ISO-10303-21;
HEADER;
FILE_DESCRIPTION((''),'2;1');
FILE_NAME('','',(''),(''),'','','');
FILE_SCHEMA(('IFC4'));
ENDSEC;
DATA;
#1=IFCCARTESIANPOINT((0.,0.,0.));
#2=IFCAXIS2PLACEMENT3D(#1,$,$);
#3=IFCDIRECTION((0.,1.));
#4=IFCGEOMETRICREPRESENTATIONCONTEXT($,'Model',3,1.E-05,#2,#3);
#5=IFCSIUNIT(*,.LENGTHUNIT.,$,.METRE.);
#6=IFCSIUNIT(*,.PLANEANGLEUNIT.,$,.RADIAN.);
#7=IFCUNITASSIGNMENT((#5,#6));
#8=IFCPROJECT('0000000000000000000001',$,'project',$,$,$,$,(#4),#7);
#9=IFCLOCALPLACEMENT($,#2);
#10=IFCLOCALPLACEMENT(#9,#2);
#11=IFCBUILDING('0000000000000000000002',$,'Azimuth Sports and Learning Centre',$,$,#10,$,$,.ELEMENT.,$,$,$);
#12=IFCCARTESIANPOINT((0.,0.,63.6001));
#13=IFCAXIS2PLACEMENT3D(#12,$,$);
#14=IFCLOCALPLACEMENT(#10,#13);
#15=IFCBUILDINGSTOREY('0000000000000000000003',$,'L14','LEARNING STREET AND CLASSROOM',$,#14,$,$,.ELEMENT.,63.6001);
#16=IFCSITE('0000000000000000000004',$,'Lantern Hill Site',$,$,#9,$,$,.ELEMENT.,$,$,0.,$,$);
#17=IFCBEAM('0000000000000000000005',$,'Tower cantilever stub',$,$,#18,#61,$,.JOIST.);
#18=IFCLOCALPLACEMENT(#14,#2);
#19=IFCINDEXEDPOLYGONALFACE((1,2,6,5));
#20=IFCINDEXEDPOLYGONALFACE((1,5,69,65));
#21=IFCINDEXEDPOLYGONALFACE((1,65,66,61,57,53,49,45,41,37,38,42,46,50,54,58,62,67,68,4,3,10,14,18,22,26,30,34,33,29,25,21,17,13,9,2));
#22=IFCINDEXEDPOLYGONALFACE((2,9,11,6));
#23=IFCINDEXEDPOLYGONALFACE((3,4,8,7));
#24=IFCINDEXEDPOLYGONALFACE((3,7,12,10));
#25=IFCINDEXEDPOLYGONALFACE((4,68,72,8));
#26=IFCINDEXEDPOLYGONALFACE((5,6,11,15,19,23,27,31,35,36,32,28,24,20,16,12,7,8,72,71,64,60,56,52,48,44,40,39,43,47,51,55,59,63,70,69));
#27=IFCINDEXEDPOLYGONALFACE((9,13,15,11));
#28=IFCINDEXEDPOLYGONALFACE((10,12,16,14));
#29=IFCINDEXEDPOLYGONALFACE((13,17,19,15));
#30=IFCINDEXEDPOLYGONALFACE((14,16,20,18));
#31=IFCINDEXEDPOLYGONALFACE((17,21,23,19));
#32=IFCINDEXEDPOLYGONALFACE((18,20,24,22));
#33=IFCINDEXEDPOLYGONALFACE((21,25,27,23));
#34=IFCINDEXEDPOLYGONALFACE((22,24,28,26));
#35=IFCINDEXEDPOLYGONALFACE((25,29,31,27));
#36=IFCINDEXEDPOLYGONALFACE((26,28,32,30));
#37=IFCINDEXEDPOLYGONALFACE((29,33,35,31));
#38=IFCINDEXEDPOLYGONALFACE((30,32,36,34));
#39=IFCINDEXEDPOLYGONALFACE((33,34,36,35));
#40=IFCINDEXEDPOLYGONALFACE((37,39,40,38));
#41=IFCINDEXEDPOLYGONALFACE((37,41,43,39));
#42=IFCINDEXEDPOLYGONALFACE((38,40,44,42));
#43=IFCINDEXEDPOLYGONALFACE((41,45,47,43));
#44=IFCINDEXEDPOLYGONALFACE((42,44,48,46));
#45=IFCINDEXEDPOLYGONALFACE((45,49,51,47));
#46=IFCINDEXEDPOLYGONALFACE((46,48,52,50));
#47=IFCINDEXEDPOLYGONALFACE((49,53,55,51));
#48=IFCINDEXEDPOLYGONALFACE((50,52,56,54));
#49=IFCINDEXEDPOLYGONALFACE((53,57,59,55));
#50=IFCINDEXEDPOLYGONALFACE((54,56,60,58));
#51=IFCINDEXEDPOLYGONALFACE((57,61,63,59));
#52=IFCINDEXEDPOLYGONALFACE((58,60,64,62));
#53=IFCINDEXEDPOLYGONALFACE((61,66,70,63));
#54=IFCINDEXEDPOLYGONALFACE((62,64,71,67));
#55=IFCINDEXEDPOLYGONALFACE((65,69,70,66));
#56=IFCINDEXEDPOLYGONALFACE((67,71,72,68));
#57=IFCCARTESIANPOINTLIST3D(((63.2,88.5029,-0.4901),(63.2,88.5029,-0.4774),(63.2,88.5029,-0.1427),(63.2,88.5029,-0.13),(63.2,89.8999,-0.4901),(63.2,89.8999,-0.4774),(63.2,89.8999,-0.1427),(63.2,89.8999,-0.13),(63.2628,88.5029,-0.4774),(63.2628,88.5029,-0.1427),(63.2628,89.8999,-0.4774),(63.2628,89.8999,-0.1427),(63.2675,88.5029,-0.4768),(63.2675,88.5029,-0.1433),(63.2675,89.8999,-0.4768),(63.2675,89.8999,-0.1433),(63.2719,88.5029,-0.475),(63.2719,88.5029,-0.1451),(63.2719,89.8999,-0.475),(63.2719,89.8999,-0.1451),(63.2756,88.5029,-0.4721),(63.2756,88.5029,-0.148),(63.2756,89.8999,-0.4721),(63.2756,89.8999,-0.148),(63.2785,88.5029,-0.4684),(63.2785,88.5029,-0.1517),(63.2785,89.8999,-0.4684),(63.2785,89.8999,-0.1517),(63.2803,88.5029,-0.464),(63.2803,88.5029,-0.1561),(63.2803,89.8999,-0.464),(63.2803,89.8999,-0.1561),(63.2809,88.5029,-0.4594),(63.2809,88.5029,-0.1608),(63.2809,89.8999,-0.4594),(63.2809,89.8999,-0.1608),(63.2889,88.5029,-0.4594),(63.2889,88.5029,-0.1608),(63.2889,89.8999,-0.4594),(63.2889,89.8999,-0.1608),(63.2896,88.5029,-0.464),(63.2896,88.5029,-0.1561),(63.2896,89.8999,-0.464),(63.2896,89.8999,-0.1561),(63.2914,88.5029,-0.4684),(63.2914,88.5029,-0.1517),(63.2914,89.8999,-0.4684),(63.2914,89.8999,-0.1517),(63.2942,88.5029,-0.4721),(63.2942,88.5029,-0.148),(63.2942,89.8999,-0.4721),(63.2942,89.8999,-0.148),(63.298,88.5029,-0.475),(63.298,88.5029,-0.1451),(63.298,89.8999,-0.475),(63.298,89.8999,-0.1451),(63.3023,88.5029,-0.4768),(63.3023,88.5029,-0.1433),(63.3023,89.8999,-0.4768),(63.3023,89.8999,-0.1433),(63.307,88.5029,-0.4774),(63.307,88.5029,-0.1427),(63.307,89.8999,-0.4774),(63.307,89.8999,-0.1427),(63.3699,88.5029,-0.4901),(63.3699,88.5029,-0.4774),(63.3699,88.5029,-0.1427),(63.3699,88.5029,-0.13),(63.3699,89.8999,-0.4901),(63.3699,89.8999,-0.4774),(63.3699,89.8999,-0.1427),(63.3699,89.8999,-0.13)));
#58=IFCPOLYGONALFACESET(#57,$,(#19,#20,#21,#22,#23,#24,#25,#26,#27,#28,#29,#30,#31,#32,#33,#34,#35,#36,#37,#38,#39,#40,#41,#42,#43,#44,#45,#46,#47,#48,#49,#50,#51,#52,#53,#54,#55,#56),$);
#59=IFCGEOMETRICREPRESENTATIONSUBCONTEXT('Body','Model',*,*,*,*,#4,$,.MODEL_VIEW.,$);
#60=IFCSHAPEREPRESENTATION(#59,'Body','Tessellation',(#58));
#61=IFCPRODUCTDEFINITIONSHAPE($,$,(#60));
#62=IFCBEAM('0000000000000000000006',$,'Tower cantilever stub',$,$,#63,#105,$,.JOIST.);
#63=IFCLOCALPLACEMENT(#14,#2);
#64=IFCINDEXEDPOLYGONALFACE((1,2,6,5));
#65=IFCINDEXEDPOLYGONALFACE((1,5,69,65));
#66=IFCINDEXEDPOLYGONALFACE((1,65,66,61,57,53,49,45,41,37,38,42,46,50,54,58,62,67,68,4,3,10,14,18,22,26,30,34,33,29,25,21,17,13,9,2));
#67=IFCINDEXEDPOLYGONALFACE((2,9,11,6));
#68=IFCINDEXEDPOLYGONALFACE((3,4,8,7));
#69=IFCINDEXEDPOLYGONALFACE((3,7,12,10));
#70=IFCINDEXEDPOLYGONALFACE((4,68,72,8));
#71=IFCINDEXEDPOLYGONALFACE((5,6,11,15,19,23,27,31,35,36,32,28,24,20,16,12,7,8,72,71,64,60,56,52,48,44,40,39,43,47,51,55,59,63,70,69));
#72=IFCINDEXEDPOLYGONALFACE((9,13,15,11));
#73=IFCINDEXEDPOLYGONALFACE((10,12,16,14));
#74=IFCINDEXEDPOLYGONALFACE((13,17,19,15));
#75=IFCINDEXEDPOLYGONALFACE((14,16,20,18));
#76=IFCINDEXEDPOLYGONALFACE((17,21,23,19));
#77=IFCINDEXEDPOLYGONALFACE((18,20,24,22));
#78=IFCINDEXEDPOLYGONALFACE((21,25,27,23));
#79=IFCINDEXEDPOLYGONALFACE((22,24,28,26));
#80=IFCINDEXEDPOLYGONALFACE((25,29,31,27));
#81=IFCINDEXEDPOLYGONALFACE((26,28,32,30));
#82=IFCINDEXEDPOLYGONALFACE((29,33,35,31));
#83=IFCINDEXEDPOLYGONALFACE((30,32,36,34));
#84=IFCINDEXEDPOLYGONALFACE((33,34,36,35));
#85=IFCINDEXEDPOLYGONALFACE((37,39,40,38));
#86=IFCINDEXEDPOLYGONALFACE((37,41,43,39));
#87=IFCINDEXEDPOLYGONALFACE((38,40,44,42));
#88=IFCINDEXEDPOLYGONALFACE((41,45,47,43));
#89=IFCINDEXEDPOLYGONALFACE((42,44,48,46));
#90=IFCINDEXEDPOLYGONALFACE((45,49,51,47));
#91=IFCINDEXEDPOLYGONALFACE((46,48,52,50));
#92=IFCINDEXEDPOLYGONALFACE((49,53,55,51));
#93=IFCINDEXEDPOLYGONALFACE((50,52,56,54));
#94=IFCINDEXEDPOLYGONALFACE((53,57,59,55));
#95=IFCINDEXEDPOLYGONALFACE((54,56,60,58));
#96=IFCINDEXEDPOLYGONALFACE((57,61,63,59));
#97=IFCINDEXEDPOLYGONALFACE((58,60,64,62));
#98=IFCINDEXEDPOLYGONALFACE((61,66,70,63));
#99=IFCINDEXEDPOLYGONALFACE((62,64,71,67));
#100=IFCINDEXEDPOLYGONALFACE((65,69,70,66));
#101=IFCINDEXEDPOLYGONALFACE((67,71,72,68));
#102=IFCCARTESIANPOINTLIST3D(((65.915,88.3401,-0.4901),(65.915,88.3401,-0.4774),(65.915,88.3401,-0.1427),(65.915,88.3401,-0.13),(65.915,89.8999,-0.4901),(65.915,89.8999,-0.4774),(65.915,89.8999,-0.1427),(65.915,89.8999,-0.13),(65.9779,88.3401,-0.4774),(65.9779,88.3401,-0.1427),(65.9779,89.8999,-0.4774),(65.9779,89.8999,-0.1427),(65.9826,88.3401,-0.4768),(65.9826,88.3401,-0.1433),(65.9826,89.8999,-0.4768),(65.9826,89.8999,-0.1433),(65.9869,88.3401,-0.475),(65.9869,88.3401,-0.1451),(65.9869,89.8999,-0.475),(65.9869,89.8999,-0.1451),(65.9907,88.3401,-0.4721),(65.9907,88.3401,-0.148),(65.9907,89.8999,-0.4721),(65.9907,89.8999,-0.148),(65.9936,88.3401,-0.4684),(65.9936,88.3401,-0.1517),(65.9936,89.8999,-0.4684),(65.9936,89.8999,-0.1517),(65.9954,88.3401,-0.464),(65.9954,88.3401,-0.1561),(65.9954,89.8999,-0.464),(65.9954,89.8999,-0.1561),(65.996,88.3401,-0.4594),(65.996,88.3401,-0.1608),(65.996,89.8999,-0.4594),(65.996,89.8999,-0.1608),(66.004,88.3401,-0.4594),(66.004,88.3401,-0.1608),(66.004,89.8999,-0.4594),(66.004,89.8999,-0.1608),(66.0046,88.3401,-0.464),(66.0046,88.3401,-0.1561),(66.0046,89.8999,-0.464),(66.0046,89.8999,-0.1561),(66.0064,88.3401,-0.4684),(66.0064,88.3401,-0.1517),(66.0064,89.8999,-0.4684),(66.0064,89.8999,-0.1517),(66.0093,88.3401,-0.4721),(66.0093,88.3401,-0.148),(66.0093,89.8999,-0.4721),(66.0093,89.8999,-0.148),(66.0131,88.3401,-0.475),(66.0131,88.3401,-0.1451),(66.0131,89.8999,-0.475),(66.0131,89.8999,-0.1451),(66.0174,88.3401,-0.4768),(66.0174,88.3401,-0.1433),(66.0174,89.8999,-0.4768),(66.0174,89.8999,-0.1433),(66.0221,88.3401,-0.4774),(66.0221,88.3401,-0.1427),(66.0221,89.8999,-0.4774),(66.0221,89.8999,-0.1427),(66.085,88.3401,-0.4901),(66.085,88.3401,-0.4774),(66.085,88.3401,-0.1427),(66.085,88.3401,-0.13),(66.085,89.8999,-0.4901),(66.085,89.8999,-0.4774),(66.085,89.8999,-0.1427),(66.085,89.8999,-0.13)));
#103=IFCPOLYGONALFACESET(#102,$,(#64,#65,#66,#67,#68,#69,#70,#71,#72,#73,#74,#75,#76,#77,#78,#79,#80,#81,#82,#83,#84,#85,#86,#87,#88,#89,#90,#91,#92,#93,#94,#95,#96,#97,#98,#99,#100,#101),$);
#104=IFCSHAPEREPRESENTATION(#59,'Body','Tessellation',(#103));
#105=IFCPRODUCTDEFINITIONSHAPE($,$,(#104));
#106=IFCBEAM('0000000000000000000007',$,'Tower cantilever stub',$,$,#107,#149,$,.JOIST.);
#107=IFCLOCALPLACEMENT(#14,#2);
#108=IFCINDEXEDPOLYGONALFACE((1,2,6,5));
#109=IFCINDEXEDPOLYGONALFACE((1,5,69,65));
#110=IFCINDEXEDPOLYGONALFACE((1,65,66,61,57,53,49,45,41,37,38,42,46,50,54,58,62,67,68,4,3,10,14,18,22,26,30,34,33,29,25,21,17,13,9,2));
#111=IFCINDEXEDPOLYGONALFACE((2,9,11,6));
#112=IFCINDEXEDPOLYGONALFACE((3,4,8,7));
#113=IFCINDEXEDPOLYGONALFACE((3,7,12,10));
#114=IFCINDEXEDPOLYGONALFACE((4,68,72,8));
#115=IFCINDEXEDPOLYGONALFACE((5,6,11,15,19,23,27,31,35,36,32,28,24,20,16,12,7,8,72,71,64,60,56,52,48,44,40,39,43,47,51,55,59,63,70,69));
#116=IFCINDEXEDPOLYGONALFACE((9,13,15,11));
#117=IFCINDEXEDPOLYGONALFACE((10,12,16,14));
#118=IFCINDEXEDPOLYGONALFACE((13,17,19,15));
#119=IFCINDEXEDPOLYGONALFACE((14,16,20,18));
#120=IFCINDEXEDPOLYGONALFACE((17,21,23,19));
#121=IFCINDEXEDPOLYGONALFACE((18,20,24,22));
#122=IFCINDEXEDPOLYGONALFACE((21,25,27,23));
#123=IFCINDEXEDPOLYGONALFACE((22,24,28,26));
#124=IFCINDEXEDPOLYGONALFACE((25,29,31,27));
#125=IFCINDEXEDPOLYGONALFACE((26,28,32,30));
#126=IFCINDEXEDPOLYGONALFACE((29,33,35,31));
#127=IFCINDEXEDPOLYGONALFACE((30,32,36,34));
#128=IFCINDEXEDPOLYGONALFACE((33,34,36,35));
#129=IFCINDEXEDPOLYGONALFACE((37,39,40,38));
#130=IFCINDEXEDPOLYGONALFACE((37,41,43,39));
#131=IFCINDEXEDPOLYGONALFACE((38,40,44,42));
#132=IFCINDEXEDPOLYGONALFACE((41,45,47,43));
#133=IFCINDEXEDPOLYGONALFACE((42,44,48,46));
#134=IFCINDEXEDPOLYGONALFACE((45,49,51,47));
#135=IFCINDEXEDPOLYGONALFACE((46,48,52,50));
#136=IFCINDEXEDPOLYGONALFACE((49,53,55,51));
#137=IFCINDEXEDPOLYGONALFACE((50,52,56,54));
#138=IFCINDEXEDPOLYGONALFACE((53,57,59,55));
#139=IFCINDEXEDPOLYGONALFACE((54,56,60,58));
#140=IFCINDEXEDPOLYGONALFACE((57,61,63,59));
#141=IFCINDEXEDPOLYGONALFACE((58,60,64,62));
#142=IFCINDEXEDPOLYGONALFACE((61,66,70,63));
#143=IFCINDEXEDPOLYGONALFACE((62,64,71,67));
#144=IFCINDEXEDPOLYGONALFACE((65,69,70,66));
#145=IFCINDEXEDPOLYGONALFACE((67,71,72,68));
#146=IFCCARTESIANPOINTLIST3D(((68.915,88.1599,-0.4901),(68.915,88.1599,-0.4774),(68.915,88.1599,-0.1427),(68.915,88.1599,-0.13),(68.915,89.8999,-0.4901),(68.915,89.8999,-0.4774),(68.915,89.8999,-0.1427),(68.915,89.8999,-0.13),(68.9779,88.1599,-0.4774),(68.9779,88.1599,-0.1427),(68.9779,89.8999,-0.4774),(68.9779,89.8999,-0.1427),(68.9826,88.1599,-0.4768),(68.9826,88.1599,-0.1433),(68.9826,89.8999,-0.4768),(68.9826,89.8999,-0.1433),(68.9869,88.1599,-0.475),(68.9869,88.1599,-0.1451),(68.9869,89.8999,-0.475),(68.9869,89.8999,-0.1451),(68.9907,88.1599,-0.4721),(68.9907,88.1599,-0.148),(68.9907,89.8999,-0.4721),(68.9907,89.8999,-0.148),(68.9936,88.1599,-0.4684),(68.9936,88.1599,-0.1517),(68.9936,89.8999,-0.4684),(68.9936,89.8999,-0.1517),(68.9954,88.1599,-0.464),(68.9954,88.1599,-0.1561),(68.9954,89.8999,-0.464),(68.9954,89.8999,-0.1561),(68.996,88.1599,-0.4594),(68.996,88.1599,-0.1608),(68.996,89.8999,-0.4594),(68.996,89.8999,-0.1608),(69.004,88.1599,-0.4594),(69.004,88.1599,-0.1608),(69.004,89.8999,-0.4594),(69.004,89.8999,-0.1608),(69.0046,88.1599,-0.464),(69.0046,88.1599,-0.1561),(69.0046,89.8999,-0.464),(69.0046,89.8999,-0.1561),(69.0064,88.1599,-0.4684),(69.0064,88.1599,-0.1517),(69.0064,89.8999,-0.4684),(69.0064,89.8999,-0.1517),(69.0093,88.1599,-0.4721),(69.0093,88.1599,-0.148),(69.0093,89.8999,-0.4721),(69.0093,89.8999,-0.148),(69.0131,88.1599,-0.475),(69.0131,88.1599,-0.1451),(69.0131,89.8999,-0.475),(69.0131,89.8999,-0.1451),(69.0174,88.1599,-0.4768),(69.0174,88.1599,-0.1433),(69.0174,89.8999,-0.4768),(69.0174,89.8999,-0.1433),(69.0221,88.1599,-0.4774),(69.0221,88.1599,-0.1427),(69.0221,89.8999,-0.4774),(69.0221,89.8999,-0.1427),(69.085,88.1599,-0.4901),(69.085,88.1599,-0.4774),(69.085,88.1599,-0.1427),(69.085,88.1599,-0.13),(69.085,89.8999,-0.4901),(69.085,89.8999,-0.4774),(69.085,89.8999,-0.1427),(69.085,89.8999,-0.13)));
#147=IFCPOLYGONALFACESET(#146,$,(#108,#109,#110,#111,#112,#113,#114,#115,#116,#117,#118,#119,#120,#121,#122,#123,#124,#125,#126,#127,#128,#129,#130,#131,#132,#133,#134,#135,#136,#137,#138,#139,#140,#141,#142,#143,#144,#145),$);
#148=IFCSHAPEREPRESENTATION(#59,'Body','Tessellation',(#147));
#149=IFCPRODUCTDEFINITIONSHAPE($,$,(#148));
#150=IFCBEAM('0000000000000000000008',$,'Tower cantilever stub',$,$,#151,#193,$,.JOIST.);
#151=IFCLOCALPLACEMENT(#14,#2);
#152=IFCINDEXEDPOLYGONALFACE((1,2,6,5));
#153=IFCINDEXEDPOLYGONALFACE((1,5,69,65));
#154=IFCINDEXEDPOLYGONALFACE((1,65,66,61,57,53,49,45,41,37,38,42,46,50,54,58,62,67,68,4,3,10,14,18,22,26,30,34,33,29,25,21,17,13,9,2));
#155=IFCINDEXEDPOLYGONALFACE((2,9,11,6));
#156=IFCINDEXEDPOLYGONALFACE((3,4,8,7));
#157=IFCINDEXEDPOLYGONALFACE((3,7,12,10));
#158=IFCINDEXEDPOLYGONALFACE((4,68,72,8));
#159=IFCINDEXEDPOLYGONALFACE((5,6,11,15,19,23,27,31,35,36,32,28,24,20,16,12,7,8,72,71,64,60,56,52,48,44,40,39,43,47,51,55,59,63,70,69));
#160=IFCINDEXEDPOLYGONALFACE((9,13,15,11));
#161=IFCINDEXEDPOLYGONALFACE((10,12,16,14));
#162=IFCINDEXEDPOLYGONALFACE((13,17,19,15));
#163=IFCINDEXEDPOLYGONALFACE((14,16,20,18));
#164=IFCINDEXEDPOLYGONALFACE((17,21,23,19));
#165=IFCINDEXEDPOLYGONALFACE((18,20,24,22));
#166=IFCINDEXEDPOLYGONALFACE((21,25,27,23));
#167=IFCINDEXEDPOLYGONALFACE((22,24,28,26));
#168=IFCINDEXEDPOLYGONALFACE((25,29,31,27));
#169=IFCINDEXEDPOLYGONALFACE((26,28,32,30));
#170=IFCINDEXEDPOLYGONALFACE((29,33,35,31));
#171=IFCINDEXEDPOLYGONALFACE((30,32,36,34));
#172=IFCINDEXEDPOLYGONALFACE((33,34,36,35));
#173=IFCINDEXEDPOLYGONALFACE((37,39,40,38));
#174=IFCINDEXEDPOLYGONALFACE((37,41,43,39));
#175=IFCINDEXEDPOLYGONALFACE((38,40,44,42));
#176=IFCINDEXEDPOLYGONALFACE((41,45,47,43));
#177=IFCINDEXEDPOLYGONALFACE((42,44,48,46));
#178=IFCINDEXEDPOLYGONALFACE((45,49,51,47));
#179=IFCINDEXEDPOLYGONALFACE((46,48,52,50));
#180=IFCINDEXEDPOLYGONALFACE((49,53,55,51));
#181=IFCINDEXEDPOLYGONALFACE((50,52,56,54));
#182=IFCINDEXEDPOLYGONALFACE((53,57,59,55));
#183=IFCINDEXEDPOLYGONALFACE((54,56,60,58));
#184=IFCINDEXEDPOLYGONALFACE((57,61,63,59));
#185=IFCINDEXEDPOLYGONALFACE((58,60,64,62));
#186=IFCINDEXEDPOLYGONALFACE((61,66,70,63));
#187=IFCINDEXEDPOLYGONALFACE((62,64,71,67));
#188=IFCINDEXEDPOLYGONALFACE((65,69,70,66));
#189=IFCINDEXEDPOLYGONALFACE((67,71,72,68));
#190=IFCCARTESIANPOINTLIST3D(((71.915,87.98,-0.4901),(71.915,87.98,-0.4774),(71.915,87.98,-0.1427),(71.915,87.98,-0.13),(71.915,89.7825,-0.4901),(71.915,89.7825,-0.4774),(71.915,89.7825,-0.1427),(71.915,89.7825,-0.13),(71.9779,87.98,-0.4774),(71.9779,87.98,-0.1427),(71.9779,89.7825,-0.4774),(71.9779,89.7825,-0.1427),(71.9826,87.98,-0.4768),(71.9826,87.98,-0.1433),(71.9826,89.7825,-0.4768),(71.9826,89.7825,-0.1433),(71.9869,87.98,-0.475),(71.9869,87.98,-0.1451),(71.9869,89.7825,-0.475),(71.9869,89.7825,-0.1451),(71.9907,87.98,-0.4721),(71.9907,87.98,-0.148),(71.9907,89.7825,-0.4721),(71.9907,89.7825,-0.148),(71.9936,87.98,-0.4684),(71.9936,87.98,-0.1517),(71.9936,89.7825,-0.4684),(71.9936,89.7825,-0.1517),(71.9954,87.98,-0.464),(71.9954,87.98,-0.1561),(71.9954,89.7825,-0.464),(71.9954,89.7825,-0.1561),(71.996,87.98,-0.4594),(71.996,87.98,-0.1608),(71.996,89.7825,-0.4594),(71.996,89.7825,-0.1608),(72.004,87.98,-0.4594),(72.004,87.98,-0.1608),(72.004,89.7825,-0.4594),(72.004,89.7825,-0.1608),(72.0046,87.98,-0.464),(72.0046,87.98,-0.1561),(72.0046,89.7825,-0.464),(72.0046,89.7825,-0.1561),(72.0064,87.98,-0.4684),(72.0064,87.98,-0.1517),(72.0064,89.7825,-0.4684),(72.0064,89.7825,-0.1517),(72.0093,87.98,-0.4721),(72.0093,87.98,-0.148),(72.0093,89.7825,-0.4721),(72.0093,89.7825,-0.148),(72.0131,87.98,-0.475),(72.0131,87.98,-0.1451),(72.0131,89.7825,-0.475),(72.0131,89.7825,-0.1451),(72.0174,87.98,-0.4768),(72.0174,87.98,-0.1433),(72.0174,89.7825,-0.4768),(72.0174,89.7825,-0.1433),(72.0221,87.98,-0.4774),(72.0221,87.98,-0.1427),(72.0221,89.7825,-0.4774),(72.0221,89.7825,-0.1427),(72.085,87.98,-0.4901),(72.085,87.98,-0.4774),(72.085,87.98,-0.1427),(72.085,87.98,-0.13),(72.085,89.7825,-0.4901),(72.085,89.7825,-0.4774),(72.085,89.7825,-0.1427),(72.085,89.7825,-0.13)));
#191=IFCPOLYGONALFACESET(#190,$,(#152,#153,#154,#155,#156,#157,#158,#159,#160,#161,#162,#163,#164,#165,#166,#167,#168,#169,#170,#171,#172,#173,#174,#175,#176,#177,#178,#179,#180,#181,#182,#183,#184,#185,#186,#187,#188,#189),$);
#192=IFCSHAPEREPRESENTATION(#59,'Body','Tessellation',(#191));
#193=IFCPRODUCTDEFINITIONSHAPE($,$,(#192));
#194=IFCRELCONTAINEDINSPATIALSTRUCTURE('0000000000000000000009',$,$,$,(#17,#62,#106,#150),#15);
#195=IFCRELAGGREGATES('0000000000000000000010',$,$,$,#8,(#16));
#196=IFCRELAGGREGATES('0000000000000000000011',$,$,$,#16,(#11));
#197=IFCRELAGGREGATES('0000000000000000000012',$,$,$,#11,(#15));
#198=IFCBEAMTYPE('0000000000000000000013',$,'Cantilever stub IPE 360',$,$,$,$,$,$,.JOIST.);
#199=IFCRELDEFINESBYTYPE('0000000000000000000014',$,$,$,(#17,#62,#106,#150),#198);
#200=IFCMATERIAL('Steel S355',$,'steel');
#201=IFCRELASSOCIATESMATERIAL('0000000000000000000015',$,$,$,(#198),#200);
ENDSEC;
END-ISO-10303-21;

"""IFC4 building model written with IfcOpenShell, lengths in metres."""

from ifc_helpers import new_model, si_unit, direction, frame, origin, origin_2d, place, context, subcontext, project, spatial, i_section, extrude, material, material_profile, profile_set, type_object, element, save


model = new_model("IFC4")

# Units and contexts
model_context = context("Model", 3, precision=1e-05, world=origin(), true_north=direction((0.0, 1.0)))
body_context = subcontext(model_context, "Body", "Model", "MODEL_VIEW")
ifc_project = project(units=[si_unit("LENGTHUNIT", "METRE"), si_unit("PLANEANGLEUNIT", "RADIAN")], contexts=[model_context])

# Site, building, storey
site_placement = place(None, origin())
site = spatial("IfcSite", under=ifc_project, at=site_placement, Name="Lantern Hill Site", CompositionType="ELEMENT", RefElevation=0.0)
building_placement = place(site_placement, origin())
building = spatial("IfcBuilding", under=site, at=building_placement, Name="Azimuth Sports and Learning Centre", CompositionType="ELEMENT")
storey_placement = place(building_placement, frame((0.0, 0.0, 63.6001)))
storey = spatial("IfcBuildingStorey", under=building, at=storey_placement, Name="L14", Description="LEARNING STREET AND CLASSROOM", CompositionType="ELEMENT", Elevation=63.6001)

# Beams
ifc_material_1 = material(Name="Steel S355", Category="steel")
ifc_material_profile_1 = material_profile(ifc_material_1, i_section(OverallWidth=0.1699, OverallDepth=0.3601, WebThickness=0.0081, FlangeThickness=0.0127, FilletRadius=0.0181, at=origin_2d()), Name="IPE 360")
ifc_profile_set_1 = profile_set([ifc_material_profile_1], Name="Steel S355")
beam_type_1 = type_object("IfcBeamType", Name="Cantilever stub IPE 360", PredefinedType="JOIST", material=ifc_profile_set_1)
beam_1_placement = place(storey_placement, frame((63.2849, 89.8999, -0.3101), z_axis=(0.0, -1.0, 0.0), x_axis=(1.0, 0.0, 0.0)))
element("IfcBeam", 1, at=beam_1_placement, inside=storey, type_object=beam_type_1, Name="Tower cantilever stub", PredefinedType="JOIST", context=body_context, shape_type="SweptSolid", body=[
    extrude(i_section(OverallWidth=0.1699, OverallDepth=0.3601, WebThickness=0.0081, FlangeThickness=0.0127, FilletRadius=0.0181, at=origin_2d()), origin(), (0.0, 0.0, 1.0), 1.397),
])
beam_2_placement = place(storey_placement, frame((66.0, 89.8999, -0.3101), z_axis=(0.0, -1.0, 0.0), x_axis=(1.0, 0.0, 0.0)))
element("IfcBeam", 2, at=beam_2_placement, inside=storey, type_object=beam_type_1, Name="Tower cantilever stub", PredefinedType="JOIST", context=body_context, shape_type="SweptSolid", body=[
    extrude(i_section(OverallWidth=0.1699, OverallDepth=0.3601, WebThickness=0.0081, FlangeThickness=0.0127, FilletRadius=0.0181, at=origin_2d()), origin(), (0.0, 0.0, 1.0), 1.5598),
])
beam_3_placement = place(storey_placement, frame((69.0, 89.8999, -0.3101), z_axis=(0.0, -1.0, 0.0), x_axis=(1.0, 0.0, 0.0)))
element("IfcBeam", 3, at=beam_3_placement, inside=storey, type_object=beam_type_1, Name="Tower cantilever stub", PredefinedType="JOIST", context=body_context, shape_type="SweptSolid", body=[
    extrude(i_section(OverallWidth=0.1699, OverallDepth=0.3601, WebThickness=0.0081, FlangeThickness=0.0127, FilletRadius=0.0181, at=origin_2d()), origin(), (0.0, 0.0, 1.0), 1.74),
])
beam_4_placement = place(storey_placement, frame((72.0, 89.7825, -0.3101), z_axis=(0.0, -1.0, 0.0), x_axis=(1.0, 0.0, 0.0)))
element("IfcBeam", 4, at=beam_4_placement, inside=storey, type_object=beam_type_1, Name="Tower cantilever stub", PredefinedType="JOIST", context=body_context, shape_type="SweptSolid", body=[
    extrude(i_section(OverallWidth=0.1699, OverallDepth=0.3601, WebThickness=0.0081, FlangeThickness=0.0127, FilletRadius=0.0181, at=origin_2d()), origin(), (0.0, 0.0, 1.0), 1.8025),
])

save(model, "model.ifc")
